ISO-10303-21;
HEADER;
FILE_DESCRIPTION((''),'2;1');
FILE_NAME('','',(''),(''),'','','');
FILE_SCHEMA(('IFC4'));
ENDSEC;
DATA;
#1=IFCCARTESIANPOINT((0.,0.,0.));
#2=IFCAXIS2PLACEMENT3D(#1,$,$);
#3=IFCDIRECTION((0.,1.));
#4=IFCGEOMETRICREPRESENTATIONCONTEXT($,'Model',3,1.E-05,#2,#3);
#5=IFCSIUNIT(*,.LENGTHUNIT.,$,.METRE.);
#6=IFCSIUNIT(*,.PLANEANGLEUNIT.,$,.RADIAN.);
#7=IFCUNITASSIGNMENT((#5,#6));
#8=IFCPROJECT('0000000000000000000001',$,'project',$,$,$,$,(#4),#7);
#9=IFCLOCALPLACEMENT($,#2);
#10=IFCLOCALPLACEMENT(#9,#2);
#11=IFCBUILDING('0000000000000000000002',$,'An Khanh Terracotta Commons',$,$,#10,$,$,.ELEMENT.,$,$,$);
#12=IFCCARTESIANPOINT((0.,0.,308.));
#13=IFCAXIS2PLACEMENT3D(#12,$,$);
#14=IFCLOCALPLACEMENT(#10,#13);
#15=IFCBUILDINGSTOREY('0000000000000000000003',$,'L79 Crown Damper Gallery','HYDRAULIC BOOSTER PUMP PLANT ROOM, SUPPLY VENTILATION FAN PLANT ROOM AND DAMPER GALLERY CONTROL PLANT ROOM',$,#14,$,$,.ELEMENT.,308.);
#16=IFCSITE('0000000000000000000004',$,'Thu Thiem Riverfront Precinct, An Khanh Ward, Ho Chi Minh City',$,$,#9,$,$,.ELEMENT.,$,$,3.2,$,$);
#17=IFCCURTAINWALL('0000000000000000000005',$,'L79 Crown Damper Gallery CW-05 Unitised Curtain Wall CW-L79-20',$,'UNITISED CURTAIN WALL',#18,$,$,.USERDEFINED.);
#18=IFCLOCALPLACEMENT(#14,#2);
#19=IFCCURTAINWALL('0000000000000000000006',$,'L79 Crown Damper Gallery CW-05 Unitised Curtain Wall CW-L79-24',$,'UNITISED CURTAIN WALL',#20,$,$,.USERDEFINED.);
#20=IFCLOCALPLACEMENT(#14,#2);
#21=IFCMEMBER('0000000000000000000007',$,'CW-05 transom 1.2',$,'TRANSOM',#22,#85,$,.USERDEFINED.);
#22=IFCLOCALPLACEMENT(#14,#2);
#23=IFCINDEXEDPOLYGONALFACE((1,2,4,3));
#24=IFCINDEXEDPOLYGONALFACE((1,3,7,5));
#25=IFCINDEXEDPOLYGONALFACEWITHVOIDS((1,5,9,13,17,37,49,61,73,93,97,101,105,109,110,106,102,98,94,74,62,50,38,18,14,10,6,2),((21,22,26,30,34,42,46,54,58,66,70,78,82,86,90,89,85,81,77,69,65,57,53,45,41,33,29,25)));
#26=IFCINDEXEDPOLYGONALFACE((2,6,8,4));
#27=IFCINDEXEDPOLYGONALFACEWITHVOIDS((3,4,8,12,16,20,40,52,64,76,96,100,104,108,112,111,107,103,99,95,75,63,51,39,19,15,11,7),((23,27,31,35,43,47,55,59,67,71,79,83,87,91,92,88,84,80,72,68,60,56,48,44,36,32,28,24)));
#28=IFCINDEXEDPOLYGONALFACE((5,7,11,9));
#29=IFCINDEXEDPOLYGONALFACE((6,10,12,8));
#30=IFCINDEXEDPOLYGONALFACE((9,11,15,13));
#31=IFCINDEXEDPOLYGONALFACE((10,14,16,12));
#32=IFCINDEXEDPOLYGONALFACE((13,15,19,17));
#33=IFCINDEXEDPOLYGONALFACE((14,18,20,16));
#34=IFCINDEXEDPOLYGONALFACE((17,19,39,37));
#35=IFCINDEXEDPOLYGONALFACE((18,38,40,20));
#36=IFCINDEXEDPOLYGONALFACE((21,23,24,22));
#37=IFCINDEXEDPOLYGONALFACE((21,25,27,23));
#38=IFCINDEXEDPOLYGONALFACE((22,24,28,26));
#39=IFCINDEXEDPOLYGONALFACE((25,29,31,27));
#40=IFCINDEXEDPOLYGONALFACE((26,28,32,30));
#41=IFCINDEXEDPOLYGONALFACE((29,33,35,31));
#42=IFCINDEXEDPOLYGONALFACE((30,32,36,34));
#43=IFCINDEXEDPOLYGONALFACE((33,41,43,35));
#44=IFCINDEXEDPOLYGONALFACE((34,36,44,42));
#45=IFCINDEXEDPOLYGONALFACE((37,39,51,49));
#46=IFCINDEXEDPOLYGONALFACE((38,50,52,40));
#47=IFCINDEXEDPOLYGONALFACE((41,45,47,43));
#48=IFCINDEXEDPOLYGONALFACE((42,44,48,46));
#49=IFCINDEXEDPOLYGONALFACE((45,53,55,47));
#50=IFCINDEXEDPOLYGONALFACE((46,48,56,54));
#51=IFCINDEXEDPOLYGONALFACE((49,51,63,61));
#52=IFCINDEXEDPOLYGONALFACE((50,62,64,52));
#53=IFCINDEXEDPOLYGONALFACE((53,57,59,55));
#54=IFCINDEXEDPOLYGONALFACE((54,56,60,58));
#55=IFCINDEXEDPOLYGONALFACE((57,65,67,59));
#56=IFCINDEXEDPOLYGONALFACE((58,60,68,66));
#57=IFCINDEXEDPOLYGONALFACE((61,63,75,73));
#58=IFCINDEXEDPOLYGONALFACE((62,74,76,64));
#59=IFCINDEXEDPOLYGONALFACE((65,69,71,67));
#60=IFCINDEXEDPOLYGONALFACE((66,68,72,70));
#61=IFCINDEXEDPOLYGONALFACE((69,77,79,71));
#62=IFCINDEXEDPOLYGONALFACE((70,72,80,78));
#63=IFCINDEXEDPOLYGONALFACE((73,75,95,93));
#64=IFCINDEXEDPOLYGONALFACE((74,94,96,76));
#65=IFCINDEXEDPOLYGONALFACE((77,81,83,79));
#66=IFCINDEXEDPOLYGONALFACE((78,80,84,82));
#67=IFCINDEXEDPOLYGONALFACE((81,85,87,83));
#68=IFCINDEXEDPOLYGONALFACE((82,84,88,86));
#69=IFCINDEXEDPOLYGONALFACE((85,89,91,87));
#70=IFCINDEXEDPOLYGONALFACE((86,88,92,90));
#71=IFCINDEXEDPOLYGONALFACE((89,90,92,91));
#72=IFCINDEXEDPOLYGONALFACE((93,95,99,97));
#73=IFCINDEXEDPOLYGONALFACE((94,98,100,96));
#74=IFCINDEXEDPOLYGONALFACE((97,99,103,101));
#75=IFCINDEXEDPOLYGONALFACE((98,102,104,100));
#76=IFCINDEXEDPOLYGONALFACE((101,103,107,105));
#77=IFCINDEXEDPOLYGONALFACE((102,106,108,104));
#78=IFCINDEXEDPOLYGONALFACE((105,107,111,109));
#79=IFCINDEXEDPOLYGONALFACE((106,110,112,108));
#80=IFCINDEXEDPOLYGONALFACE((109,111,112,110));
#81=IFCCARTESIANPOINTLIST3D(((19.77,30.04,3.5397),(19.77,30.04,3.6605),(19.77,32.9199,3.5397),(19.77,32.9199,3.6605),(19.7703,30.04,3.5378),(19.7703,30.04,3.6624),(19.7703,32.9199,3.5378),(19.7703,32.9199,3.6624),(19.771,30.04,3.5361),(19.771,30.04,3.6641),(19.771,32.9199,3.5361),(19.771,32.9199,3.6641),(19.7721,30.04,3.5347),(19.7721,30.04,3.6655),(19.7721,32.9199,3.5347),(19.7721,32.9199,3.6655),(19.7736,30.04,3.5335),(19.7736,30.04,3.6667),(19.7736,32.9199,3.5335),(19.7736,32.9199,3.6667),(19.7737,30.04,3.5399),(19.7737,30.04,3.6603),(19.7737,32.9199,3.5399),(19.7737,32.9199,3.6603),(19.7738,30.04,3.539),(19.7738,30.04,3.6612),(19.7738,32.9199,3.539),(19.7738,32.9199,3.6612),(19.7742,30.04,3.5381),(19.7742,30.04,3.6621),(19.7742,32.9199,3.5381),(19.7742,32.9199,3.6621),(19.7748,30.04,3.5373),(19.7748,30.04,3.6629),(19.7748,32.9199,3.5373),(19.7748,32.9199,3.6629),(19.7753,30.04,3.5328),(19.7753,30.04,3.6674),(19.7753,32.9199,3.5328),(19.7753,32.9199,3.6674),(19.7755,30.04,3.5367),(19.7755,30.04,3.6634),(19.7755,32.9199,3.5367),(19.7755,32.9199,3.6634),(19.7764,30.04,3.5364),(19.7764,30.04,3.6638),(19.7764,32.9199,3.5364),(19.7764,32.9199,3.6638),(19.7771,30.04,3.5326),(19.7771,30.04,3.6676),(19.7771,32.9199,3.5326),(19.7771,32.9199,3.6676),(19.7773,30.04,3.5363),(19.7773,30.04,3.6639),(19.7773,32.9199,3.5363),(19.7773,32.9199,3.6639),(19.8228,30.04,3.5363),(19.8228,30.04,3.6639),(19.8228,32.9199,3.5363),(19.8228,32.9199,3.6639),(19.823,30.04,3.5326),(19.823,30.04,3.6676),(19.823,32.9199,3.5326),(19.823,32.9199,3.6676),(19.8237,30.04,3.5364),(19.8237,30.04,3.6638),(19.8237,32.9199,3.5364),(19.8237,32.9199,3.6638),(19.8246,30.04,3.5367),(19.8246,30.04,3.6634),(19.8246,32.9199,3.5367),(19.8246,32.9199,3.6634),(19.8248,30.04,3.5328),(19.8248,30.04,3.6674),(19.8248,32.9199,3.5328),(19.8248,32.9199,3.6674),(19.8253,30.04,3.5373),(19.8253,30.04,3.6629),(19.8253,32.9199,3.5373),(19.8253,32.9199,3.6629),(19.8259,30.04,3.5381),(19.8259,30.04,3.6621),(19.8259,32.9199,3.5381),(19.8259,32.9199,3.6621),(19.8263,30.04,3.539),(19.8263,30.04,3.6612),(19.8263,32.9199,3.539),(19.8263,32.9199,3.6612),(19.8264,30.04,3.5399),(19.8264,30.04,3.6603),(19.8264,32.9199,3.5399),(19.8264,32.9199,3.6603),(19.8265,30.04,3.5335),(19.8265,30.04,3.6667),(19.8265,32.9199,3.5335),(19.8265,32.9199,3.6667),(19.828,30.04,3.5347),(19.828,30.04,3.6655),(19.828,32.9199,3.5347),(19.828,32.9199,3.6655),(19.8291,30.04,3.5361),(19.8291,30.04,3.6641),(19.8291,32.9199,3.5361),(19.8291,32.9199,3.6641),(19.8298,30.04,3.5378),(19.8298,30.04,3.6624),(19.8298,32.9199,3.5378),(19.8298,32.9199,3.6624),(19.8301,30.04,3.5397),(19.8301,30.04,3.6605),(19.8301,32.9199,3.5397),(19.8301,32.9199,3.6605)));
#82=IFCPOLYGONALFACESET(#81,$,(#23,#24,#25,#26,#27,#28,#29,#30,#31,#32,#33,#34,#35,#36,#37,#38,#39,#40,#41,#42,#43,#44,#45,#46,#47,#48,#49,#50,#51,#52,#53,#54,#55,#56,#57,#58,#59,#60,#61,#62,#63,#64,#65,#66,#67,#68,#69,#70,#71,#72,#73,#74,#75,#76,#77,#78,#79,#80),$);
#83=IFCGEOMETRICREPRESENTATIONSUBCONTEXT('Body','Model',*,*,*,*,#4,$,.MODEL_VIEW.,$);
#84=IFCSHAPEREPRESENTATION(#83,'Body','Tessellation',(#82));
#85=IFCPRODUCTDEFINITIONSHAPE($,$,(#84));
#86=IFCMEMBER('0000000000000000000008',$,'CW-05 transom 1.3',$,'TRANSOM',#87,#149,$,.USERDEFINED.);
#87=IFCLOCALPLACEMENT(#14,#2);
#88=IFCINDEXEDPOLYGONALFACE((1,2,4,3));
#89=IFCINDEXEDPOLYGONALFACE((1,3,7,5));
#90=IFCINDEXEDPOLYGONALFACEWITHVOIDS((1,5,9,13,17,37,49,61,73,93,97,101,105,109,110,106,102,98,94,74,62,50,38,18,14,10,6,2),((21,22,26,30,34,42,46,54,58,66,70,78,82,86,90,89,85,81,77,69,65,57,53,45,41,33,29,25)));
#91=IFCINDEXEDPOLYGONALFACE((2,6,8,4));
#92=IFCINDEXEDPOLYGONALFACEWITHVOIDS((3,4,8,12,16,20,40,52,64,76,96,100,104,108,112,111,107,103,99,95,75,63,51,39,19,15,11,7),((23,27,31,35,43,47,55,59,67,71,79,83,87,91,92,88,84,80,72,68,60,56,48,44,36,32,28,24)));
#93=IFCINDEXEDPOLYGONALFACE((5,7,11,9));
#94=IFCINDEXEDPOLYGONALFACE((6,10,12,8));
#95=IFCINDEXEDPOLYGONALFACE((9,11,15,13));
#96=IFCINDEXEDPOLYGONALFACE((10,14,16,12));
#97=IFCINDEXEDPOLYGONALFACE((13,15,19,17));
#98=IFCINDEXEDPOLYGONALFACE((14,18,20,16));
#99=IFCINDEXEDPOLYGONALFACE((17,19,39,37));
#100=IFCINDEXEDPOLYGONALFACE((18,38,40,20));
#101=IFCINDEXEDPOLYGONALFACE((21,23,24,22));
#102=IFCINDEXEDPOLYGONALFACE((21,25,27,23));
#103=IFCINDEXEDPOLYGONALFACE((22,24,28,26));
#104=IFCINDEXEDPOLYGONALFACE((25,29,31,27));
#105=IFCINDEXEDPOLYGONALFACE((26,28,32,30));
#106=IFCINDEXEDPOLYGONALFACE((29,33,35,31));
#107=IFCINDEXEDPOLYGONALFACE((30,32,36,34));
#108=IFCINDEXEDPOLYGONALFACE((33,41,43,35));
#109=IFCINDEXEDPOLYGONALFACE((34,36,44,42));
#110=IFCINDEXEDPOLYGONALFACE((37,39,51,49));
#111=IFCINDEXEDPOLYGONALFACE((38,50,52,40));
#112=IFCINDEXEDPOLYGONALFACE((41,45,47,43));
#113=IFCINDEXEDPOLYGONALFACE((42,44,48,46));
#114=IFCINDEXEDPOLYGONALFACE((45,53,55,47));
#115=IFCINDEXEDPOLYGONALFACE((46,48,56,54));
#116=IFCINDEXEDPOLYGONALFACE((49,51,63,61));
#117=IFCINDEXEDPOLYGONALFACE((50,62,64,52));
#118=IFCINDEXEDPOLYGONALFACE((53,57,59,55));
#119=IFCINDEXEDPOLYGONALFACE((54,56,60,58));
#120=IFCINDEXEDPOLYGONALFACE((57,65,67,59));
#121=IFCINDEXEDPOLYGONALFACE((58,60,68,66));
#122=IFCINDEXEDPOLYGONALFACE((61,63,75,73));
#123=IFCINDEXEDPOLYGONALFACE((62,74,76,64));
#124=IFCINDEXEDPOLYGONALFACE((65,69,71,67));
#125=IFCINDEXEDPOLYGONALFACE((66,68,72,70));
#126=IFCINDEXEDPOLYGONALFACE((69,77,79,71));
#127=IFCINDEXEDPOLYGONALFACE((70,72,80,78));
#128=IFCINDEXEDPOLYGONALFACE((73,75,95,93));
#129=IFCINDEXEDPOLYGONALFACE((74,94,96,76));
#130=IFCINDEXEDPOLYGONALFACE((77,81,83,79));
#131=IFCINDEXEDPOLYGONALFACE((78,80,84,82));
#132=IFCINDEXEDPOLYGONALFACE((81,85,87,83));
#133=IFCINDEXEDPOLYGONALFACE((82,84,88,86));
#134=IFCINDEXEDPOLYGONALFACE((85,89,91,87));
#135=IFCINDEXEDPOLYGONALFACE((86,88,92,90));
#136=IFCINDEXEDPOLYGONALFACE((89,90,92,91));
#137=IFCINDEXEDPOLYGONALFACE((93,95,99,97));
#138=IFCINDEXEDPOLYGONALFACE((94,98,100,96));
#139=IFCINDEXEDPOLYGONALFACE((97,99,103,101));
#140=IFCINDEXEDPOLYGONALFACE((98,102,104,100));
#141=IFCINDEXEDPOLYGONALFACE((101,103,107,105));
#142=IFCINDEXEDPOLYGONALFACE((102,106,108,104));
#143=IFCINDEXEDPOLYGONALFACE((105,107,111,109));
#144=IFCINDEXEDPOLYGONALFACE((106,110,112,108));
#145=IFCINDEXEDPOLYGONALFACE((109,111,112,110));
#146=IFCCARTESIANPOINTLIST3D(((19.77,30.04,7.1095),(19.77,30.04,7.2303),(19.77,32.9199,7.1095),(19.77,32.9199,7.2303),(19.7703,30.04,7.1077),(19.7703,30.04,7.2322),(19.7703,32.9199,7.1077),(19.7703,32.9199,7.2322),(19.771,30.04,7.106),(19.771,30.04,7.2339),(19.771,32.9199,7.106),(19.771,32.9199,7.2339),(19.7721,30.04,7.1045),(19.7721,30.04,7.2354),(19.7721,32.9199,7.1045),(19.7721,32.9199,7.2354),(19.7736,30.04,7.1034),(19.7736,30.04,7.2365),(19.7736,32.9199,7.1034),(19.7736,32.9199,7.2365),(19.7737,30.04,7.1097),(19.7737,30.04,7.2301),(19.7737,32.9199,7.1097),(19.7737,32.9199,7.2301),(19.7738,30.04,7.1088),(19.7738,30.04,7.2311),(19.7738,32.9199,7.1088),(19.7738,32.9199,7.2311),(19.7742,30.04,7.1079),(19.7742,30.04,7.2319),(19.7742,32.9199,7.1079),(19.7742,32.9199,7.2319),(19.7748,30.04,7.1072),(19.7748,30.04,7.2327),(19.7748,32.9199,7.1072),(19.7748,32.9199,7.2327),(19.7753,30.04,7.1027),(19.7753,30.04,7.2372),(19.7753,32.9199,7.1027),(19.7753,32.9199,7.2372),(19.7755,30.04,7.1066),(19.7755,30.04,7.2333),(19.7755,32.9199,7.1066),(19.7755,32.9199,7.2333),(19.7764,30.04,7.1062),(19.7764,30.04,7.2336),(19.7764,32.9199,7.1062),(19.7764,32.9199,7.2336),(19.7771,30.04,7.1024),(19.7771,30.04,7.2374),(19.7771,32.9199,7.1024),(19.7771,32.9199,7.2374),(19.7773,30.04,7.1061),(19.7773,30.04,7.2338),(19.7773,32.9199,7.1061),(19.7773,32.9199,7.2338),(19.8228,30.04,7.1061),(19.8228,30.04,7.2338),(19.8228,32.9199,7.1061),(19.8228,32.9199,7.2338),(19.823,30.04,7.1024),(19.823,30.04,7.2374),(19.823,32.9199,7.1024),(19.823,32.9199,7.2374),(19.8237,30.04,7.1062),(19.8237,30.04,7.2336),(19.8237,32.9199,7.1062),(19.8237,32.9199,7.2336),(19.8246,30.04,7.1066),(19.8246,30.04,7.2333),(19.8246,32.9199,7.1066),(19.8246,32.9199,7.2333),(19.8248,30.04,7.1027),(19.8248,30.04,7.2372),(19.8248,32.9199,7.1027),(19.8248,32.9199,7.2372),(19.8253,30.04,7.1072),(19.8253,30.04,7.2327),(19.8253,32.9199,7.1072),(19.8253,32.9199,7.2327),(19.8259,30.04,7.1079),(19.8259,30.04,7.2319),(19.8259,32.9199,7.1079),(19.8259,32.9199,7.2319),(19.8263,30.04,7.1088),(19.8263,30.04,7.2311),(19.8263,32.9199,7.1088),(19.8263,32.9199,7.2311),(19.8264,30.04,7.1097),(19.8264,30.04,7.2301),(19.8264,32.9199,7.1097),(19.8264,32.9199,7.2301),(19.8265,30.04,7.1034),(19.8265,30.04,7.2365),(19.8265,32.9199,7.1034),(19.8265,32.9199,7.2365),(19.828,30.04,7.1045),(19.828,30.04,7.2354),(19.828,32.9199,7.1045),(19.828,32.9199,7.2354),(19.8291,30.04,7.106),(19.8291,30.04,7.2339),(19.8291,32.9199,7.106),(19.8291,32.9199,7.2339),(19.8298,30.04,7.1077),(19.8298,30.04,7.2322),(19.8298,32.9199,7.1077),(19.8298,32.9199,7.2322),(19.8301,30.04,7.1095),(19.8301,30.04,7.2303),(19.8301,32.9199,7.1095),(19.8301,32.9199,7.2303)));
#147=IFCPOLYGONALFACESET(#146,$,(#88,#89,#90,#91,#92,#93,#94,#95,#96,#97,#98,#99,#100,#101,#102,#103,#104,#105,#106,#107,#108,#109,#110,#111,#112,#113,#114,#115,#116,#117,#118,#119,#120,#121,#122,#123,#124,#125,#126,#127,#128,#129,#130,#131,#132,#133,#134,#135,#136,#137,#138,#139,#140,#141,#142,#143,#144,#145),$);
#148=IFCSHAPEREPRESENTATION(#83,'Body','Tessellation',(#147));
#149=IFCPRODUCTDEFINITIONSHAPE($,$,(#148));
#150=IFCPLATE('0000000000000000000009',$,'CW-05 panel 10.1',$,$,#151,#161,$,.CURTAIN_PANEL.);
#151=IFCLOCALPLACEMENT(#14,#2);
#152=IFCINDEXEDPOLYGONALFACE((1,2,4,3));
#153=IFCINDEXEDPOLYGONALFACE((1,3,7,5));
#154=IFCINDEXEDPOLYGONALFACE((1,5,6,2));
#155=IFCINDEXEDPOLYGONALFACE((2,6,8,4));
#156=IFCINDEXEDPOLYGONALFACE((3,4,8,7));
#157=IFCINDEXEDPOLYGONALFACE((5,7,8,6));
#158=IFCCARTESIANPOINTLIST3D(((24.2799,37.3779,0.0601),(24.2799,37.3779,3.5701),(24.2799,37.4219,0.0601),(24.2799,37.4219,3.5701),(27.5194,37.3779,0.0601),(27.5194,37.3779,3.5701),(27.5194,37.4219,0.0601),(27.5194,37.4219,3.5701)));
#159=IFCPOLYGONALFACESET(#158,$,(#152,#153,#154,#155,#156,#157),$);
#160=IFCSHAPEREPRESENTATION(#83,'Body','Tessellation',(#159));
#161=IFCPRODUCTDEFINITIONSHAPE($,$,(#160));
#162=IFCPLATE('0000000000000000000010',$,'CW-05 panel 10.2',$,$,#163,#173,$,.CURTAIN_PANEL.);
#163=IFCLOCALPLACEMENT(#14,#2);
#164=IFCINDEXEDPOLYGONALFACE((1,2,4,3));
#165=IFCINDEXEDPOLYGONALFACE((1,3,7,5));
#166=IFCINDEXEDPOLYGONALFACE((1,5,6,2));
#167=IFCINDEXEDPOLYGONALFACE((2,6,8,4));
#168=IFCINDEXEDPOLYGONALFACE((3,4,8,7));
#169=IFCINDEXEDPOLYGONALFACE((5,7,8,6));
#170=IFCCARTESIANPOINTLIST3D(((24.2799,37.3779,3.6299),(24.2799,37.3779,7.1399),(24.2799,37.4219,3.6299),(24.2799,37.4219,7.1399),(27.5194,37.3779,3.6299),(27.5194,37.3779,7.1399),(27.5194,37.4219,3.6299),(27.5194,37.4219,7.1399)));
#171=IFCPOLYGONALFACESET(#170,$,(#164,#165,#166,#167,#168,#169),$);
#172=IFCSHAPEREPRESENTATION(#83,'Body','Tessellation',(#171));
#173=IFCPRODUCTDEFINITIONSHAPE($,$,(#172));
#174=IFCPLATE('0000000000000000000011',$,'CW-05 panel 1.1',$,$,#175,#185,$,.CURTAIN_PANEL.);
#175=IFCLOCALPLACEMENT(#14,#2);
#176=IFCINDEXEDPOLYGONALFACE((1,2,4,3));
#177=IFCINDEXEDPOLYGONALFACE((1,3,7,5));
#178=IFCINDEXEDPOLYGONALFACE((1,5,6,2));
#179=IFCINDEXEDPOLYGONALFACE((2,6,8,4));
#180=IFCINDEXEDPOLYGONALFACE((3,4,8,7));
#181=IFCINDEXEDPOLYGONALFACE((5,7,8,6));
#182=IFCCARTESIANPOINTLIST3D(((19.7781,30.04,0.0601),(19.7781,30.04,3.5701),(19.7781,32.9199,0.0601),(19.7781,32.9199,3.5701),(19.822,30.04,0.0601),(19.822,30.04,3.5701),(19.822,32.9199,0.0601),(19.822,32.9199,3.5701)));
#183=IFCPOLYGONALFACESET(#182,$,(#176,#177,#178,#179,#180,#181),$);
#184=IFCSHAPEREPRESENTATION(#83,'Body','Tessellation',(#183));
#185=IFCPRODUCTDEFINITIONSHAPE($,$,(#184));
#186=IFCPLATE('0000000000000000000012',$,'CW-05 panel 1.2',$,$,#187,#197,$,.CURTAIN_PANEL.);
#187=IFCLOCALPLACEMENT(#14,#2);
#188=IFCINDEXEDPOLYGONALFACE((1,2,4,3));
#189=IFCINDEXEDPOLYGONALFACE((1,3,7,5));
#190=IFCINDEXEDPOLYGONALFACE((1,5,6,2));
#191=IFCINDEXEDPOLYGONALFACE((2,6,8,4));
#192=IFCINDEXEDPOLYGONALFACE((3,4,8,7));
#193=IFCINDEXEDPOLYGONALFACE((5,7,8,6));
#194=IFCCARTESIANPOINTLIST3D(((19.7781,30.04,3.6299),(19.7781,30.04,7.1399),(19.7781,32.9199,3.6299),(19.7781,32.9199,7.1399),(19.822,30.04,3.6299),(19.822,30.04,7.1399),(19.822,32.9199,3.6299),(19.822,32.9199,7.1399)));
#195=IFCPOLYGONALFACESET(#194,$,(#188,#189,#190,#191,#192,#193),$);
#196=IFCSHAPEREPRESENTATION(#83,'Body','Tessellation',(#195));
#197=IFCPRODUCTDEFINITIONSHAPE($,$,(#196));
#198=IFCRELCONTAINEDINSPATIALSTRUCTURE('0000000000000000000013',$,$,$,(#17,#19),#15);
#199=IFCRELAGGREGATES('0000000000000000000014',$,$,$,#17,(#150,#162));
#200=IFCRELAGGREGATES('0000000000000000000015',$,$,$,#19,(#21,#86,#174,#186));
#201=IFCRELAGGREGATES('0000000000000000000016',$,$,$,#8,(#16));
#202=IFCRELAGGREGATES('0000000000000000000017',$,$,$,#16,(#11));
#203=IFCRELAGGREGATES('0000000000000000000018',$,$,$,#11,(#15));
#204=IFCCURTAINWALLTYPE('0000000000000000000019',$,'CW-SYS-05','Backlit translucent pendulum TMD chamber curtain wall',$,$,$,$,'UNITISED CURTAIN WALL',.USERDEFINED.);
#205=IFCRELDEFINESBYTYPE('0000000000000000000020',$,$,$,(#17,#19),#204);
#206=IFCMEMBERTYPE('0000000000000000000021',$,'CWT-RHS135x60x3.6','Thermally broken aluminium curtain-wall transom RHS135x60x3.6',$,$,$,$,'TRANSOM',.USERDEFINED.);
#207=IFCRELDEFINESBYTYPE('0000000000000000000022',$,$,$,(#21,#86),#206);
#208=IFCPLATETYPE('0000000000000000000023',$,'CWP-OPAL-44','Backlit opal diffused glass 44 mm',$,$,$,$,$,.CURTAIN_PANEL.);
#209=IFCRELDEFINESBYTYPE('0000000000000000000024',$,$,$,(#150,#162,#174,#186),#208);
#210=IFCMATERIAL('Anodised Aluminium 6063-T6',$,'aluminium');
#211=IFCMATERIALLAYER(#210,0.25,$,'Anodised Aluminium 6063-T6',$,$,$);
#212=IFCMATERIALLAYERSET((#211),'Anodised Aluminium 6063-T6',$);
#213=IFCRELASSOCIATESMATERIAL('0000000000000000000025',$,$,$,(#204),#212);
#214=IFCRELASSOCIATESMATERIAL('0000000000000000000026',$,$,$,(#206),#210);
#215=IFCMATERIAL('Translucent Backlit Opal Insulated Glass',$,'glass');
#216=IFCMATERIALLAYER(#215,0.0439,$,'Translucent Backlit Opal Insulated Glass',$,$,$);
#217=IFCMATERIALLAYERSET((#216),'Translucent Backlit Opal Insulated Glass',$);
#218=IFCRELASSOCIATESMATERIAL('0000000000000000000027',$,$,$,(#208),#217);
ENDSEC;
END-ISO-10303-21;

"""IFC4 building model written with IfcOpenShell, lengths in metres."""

from ifc_helpers import new_model, si_unit, direction, frame, origin, origin_2d, place, context, subcontext, project, spatial, rectangle, hollow_rectangle, extrude, material, layer, layer_set, material_profile, profile_set, type_object, element, aggregate, save


model = new_model("IFC4")

# Units and contexts
model_context = context("Model", 3, precision=1e-05, world=origin(), true_north=direction((0.0, 1.0)))
body_context = subcontext(model_context, "Body", "Model", "MODEL_VIEW")
ifc_project = project(units=[si_unit("LENGTHUNIT", "METRE"), si_unit("PLANEANGLEUNIT", "RADIAN")], contexts=[model_context])

# Site, building, storey
site_placement = place(None, origin())
site = spatial("IfcSite", under=ifc_project, at=site_placement, Name="Thu Thiem Riverfront Precinct, An Khanh Ward, Ho Chi Minh City", CompositionType="ELEMENT", RefElevation=3.2)
building_placement = place(site_placement, origin())
building = spatial("IfcBuilding", under=site, at=building_placement, Name="An Khanh Terracotta Commons", CompositionType="ELEMENT")
storey_placement = place(building_placement, frame((0.0, 0.0, 308.0)))
storey = spatial("IfcBuildingStorey", under=building, at=storey_placement, Name="L79 Crown Damper Gallery", Description="HYDRAULIC BOOSTER PUMP PLANT ROOM, SUPPLY VENTILATION FAN PLANT ROOM AND DAMPER GALLERY CONTROL PLANT ROOM", CompositionType="ELEMENT", Elevation=308.0)

# Curtain wall
ifc_material_1 = material(Name="Anodised Aluminium 6063-T6", Category="aluminium")
ifc_layer_1 = layer(ifc_material_1, 0.25, Name="Anodised Aluminium 6063-T6")
ifc_layer_set_1 = layer_set([ifc_layer_1], Name="Anodised Aluminium 6063-T6")
curtain_wall_type = type_object("IfcCurtainWallType", Name="CW-SYS-05", Description="Backlit translucent pendulum TMD chamber curtain wall", ElementType="UNITISED CURTAIN WALL", PredefinedType="USERDEFINED", material=ifc_layer_set_1)
curtain_wall_1_placement = place(storey_placement, origin())
curtain_wall_1 = element("IfcCurtainWall", 1, at=curtain_wall_1_placement, inside=storey, type_object=curtain_wall_type, Name="L79 Crown Damper Gallery CW-05 Unitised Curtain Wall CW-L79-20", ObjectType="UNITISED CURTAIN WALL", PredefinedType="USERDEFINED")

# Curtain wall
curtain_wall_2_placement = place(storey_placement, origin())
curtain_wall_2 = element("IfcCurtainWall", 2, at=curtain_wall_2_placement, inside=storey, type_object=curtain_wall_type, Name="L79 Crown Damper Gallery CW-05 Unitised Curtain Wall CW-L79-24", ObjectType="UNITISED CURTAIN WALL", PredefinedType="USERDEFINED")

# Members
ifc_material_profile_1 = material_profile(ifc_material_1, hollow_rectangle(XDim=0.0601, YDim=0.135, WallThickness=0.0037, InnerFilletRadius=0.0037, OuterFilletRadius=0.0071, at=origin_2d()), Name="RHS135x60x3.6")
ifc_profile_set_1 = profile_set([ifc_material_profile_1], Name="Anodised Aluminium 6063-T6")
member_type_1 = type_object("IfcMemberType", Name="CWT-RHS135x60x3.6", Description="Thermally broken aluminium curtain-wall transom RHS135x60x3.6", ElementType="TRANSOM", PredefinedType="USERDEFINED", material=ifc_profile_set_1)
member_1_placement = place(storey_placement, frame((19.8, 32.9199, 3.6001), z_axis=(0.0, -1.0, 0.0), x_axis=(1.0, 0.0, 0.0)))
member_1 = element("IfcMember", 3, at=member_1_placement, type_object=member_type_1, Name="CW-05 transom 1.2", ObjectType="TRANSOM", PredefinedType="USERDEFINED", context=body_context, shape_type="SweptSolid", body=[
    extrude(hollow_rectangle(XDim=0.0601, YDim=0.135, WallThickness=0.0037, InnerFilletRadius=0.0037, OuterFilletRadius=0.0071, at=origin_2d()), origin(), (0.0, 0.0, 1.0), 2.8799),
])
member_2_placement = place(storey_placement, frame((19.8, 32.9199, 7.1699), z_axis=(0.0, -1.0, 0.0), x_axis=(1.0, 0.0, 0.0)))
member_2 = element("IfcMember", 4, at=member_2_placement, type_object=member_type_1, Name="CW-05 transom 1.3", ObjectType="TRANSOM", PredefinedType="USERDEFINED", context=body_context, shape_type="SweptSolid", body=[
    extrude(hollow_rectangle(XDim=0.0601, YDim=0.135, WallThickness=0.0037, InnerFilletRadius=0.0037, OuterFilletRadius=0.0071, at=origin_2d()), origin(), (0.0, 0.0, 1.0), 2.8799),
])

# Plates
ifc_material_2 = material(Name="Translucent Backlit Opal Insulated Glass", Category="glass")
ifc_layer_2 = layer(ifc_material_2, 0.0439, Name="Translucent Backlit Opal Insulated Glass")
ifc_layer_set_2 = layer_set([ifc_layer_2], Name="Translucent Backlit Opal Insulated Glass")
plate_type = type_object("IfcPlateType", Name="CWP-OPAL-44", Description="Backlit opal diffused glass 44 mm", PredefinedType="CURTAIN_PANEL", material=ifc_layer_set_2)
plate_1_placement = place(storey_placement, frame((25.8997, 37.3999, 0.0601), z_axis=(0.0, 0.0, 1.0), x_axis=(-1.0, 0.0, 0.0)))
plate_1 = element("IfcPlate", 5, at=plate_1_placement, type_object=plate_type, Name="CW-05 panel 10.1", PredefinedType="CURTAIN_PANEL", context=body_context, shape_type="SweptSolid", body=[
    extrude(rectangle(XDim=3.2395, YDim=0.0439, at=origin_2d()), origin(), (0.0, 0.0, 1.0), 3.51),
])
plate_2_placement = place(storey_placement, frame((25.8997, 37.3999, 3.6299), z_axis=(0.0, 0.0, 1.0), x_axis=(-1.0, 0.0, 0.0)))
plate_2 = element("IfcPlate", 6, at=plate_2_placement, type_object=plate_type, Name="CW-05 panel 10.2", PredefinedType="CURTAIN_PANEL", context=body_context, shape_type="SweptSolid", body=[
    extrude(rectangle(XDim=3.2395, YDim=0.0439, at=origin_2d()), origin(), (0.0, 0.0, 1.0), 3.51),
])
aggregate(curtain_wall_1, [plate_1, plate_2])
plate_3_placement = place(storey_placement, frame((19.8, 31.48, 0.0601), z_axis=(0.0, 0.0, 1.0), x_axis=(0.0, -1.0, 0.0)))
plate_3 = element("IfcPlate", 7, at=plate_3_placement, type_object=plate_type, Name="CW-05 panel 1.1", PredefinedType="CURTAIN_PANEL", context=body_context, shape_type="SweptSolid", body=[
    extrude(rectangle(XDim=2.8799, YDim=0.0439, at=origin_2d()), origin(), (0.0, 0.0, 1.0), 3.51),
])
plate_4_placement = place(storey_placement, frame((19.8, 31.48, 3.6299), z_axis=(0.0, 0.0, 1.0), x_axis=(0.0, -1.0, 0.0)))
plate_4 = element("IfcPlate", 8, at=plate_4_placement, type_object=plate_type, Name="CW-05 panel 1.2", PredefinedType="CURTAIN_PANEL", context=body_context, shape_type="SweptSolid", body=[
    extrude(rectangle(XDim=2.8799, YDim=0.0439, at=origin_2d()), origin(), (0.0, 0.0, 1.0), 3.51),
])
aggregate(curtain_wall_2, [member_1, member_2, plate_3, plate_4])

save(model, "model.ifc")
